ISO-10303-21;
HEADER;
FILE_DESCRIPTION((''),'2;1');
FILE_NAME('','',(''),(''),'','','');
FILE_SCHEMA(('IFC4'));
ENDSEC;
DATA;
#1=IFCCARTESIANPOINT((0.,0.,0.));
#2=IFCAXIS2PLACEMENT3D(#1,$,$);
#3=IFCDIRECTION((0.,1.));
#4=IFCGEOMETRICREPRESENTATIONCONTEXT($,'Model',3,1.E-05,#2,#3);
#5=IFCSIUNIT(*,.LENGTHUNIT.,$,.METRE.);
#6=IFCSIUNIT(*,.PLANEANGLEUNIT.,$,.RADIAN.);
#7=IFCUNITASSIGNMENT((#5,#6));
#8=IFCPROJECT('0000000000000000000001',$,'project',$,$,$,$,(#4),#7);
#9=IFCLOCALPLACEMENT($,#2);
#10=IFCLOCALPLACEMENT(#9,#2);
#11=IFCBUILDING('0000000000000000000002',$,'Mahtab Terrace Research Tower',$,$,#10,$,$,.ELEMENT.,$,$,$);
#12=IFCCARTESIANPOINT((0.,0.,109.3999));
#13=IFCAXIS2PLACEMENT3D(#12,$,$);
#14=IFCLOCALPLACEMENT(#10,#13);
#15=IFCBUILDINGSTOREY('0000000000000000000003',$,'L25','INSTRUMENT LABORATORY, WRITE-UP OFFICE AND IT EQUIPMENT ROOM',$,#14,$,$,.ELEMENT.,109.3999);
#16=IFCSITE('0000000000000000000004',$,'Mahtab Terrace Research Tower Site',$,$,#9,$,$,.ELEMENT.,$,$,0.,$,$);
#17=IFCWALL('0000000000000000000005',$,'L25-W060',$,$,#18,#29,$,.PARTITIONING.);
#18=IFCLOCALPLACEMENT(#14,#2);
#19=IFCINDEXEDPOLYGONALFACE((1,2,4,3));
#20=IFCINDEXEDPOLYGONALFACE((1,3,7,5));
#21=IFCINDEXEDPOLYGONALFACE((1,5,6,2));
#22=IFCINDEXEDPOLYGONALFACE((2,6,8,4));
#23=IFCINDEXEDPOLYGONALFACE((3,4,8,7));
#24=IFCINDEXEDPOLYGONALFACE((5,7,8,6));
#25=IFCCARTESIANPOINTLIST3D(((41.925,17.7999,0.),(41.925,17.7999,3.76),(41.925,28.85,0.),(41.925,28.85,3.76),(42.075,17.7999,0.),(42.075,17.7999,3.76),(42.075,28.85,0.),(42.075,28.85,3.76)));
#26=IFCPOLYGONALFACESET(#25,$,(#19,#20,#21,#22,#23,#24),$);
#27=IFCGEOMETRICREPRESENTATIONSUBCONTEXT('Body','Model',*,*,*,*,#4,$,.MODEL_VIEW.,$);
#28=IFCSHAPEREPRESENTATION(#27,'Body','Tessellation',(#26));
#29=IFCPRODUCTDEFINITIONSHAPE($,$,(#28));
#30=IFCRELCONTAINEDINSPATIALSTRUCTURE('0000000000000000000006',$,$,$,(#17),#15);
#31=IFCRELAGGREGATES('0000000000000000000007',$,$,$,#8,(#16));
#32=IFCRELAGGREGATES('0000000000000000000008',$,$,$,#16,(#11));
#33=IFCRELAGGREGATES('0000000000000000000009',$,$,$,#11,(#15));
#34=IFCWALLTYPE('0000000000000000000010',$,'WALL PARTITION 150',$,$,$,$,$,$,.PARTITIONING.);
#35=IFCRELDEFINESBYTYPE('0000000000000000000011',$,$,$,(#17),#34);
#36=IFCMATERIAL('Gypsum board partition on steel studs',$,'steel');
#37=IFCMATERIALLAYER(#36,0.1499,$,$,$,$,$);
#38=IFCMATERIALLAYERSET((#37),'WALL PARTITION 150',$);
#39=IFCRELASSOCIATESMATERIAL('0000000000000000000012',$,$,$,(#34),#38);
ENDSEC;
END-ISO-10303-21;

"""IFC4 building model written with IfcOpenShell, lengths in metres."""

from ifc_helpers import new_model, si_unit, direction, frame, frame_2d, origin, place, context, subcontext, project, spatial, rectangle, extrude, material, layer, layer_set, type_object, element, save


model = new_model("IFC4")

# Units and contexts
model_context = context("Model", 3, precision=1e-05, world=origin(), true_north=direction((0.0, 1.0)))
body_context = subcontext(model_context, "Body", "Model", "MODEL_VIEW")
ifc_project = project(units=[si_unit("LENGTHUNIT", "METRE"), si_unit("PLANEANGLEUNIT", "RADIAN")], contexts=[model_context])

# Site, building, storey
site_placement = place(None, origin())
site = spatial("IfcSite", under=ifc_project, at=site_placement, Name="Mahtab Terrace Research Tower Site", CompositionType="ELEMENT", RefElevation=0.0)
building_placement = place(site_placement, origin())
building = spatial("IfcBuilding", under=site, at=building_placement, Name="Mahtab Terrace Research Tower", CompositionType="ELEMENT")
storey_placement = place(building_placement, frame((0.0, 0.0, 109.3999)))
storey = spatial("IfcBuildingStorey", under=building, at=storey_placement, Name="L25", Description="INSTRUMENT LABORATORY, WRITE-UP OFFICE AND IT EQUIPMENT ROOM", CompositionType="ELEMENT", Elevation=109.3999)

# Wall
ifc_material_1 = material(Name="Gypsum board partition on steel studs", Category="steel")
ifc_layer_1 = layer(ifc_material_1, 0.1499)
ifc_layer_set_1 = layer_set([ifc_layer_1], Name="WALL PARTITION 150")
wall_type_1 = type_object("IfcWallType", Name="WALL PARTITION 150", PredefinedType="PARTITIONING", material=ifc_layer_set_1)
for number, where, z_axis, x_axis, name in (
    (1, (42.0, 17.8, 0.0), (0.0, 0.0, 1.0), (0.0, 1.0, 0.0), "L25-W060"),
):
    element("IfcWall", number, at=place(storey_placement, frame(where, z_axis=z_axis, x_axis=x_axis)), inside=storey, type_object=wall_type_1, Name=name, PredefinedType="PARTITIONING", context=body_context, shape_type="SweptSolid", body=[
        extrude(rectangle(XDim=11.05, YDim=0.1499, at=frame_2d((5.5249, 0.0))), origin(), (0.0, 0.0, 1.0), 3.76),
    ])

save(model, "model.ifc")
